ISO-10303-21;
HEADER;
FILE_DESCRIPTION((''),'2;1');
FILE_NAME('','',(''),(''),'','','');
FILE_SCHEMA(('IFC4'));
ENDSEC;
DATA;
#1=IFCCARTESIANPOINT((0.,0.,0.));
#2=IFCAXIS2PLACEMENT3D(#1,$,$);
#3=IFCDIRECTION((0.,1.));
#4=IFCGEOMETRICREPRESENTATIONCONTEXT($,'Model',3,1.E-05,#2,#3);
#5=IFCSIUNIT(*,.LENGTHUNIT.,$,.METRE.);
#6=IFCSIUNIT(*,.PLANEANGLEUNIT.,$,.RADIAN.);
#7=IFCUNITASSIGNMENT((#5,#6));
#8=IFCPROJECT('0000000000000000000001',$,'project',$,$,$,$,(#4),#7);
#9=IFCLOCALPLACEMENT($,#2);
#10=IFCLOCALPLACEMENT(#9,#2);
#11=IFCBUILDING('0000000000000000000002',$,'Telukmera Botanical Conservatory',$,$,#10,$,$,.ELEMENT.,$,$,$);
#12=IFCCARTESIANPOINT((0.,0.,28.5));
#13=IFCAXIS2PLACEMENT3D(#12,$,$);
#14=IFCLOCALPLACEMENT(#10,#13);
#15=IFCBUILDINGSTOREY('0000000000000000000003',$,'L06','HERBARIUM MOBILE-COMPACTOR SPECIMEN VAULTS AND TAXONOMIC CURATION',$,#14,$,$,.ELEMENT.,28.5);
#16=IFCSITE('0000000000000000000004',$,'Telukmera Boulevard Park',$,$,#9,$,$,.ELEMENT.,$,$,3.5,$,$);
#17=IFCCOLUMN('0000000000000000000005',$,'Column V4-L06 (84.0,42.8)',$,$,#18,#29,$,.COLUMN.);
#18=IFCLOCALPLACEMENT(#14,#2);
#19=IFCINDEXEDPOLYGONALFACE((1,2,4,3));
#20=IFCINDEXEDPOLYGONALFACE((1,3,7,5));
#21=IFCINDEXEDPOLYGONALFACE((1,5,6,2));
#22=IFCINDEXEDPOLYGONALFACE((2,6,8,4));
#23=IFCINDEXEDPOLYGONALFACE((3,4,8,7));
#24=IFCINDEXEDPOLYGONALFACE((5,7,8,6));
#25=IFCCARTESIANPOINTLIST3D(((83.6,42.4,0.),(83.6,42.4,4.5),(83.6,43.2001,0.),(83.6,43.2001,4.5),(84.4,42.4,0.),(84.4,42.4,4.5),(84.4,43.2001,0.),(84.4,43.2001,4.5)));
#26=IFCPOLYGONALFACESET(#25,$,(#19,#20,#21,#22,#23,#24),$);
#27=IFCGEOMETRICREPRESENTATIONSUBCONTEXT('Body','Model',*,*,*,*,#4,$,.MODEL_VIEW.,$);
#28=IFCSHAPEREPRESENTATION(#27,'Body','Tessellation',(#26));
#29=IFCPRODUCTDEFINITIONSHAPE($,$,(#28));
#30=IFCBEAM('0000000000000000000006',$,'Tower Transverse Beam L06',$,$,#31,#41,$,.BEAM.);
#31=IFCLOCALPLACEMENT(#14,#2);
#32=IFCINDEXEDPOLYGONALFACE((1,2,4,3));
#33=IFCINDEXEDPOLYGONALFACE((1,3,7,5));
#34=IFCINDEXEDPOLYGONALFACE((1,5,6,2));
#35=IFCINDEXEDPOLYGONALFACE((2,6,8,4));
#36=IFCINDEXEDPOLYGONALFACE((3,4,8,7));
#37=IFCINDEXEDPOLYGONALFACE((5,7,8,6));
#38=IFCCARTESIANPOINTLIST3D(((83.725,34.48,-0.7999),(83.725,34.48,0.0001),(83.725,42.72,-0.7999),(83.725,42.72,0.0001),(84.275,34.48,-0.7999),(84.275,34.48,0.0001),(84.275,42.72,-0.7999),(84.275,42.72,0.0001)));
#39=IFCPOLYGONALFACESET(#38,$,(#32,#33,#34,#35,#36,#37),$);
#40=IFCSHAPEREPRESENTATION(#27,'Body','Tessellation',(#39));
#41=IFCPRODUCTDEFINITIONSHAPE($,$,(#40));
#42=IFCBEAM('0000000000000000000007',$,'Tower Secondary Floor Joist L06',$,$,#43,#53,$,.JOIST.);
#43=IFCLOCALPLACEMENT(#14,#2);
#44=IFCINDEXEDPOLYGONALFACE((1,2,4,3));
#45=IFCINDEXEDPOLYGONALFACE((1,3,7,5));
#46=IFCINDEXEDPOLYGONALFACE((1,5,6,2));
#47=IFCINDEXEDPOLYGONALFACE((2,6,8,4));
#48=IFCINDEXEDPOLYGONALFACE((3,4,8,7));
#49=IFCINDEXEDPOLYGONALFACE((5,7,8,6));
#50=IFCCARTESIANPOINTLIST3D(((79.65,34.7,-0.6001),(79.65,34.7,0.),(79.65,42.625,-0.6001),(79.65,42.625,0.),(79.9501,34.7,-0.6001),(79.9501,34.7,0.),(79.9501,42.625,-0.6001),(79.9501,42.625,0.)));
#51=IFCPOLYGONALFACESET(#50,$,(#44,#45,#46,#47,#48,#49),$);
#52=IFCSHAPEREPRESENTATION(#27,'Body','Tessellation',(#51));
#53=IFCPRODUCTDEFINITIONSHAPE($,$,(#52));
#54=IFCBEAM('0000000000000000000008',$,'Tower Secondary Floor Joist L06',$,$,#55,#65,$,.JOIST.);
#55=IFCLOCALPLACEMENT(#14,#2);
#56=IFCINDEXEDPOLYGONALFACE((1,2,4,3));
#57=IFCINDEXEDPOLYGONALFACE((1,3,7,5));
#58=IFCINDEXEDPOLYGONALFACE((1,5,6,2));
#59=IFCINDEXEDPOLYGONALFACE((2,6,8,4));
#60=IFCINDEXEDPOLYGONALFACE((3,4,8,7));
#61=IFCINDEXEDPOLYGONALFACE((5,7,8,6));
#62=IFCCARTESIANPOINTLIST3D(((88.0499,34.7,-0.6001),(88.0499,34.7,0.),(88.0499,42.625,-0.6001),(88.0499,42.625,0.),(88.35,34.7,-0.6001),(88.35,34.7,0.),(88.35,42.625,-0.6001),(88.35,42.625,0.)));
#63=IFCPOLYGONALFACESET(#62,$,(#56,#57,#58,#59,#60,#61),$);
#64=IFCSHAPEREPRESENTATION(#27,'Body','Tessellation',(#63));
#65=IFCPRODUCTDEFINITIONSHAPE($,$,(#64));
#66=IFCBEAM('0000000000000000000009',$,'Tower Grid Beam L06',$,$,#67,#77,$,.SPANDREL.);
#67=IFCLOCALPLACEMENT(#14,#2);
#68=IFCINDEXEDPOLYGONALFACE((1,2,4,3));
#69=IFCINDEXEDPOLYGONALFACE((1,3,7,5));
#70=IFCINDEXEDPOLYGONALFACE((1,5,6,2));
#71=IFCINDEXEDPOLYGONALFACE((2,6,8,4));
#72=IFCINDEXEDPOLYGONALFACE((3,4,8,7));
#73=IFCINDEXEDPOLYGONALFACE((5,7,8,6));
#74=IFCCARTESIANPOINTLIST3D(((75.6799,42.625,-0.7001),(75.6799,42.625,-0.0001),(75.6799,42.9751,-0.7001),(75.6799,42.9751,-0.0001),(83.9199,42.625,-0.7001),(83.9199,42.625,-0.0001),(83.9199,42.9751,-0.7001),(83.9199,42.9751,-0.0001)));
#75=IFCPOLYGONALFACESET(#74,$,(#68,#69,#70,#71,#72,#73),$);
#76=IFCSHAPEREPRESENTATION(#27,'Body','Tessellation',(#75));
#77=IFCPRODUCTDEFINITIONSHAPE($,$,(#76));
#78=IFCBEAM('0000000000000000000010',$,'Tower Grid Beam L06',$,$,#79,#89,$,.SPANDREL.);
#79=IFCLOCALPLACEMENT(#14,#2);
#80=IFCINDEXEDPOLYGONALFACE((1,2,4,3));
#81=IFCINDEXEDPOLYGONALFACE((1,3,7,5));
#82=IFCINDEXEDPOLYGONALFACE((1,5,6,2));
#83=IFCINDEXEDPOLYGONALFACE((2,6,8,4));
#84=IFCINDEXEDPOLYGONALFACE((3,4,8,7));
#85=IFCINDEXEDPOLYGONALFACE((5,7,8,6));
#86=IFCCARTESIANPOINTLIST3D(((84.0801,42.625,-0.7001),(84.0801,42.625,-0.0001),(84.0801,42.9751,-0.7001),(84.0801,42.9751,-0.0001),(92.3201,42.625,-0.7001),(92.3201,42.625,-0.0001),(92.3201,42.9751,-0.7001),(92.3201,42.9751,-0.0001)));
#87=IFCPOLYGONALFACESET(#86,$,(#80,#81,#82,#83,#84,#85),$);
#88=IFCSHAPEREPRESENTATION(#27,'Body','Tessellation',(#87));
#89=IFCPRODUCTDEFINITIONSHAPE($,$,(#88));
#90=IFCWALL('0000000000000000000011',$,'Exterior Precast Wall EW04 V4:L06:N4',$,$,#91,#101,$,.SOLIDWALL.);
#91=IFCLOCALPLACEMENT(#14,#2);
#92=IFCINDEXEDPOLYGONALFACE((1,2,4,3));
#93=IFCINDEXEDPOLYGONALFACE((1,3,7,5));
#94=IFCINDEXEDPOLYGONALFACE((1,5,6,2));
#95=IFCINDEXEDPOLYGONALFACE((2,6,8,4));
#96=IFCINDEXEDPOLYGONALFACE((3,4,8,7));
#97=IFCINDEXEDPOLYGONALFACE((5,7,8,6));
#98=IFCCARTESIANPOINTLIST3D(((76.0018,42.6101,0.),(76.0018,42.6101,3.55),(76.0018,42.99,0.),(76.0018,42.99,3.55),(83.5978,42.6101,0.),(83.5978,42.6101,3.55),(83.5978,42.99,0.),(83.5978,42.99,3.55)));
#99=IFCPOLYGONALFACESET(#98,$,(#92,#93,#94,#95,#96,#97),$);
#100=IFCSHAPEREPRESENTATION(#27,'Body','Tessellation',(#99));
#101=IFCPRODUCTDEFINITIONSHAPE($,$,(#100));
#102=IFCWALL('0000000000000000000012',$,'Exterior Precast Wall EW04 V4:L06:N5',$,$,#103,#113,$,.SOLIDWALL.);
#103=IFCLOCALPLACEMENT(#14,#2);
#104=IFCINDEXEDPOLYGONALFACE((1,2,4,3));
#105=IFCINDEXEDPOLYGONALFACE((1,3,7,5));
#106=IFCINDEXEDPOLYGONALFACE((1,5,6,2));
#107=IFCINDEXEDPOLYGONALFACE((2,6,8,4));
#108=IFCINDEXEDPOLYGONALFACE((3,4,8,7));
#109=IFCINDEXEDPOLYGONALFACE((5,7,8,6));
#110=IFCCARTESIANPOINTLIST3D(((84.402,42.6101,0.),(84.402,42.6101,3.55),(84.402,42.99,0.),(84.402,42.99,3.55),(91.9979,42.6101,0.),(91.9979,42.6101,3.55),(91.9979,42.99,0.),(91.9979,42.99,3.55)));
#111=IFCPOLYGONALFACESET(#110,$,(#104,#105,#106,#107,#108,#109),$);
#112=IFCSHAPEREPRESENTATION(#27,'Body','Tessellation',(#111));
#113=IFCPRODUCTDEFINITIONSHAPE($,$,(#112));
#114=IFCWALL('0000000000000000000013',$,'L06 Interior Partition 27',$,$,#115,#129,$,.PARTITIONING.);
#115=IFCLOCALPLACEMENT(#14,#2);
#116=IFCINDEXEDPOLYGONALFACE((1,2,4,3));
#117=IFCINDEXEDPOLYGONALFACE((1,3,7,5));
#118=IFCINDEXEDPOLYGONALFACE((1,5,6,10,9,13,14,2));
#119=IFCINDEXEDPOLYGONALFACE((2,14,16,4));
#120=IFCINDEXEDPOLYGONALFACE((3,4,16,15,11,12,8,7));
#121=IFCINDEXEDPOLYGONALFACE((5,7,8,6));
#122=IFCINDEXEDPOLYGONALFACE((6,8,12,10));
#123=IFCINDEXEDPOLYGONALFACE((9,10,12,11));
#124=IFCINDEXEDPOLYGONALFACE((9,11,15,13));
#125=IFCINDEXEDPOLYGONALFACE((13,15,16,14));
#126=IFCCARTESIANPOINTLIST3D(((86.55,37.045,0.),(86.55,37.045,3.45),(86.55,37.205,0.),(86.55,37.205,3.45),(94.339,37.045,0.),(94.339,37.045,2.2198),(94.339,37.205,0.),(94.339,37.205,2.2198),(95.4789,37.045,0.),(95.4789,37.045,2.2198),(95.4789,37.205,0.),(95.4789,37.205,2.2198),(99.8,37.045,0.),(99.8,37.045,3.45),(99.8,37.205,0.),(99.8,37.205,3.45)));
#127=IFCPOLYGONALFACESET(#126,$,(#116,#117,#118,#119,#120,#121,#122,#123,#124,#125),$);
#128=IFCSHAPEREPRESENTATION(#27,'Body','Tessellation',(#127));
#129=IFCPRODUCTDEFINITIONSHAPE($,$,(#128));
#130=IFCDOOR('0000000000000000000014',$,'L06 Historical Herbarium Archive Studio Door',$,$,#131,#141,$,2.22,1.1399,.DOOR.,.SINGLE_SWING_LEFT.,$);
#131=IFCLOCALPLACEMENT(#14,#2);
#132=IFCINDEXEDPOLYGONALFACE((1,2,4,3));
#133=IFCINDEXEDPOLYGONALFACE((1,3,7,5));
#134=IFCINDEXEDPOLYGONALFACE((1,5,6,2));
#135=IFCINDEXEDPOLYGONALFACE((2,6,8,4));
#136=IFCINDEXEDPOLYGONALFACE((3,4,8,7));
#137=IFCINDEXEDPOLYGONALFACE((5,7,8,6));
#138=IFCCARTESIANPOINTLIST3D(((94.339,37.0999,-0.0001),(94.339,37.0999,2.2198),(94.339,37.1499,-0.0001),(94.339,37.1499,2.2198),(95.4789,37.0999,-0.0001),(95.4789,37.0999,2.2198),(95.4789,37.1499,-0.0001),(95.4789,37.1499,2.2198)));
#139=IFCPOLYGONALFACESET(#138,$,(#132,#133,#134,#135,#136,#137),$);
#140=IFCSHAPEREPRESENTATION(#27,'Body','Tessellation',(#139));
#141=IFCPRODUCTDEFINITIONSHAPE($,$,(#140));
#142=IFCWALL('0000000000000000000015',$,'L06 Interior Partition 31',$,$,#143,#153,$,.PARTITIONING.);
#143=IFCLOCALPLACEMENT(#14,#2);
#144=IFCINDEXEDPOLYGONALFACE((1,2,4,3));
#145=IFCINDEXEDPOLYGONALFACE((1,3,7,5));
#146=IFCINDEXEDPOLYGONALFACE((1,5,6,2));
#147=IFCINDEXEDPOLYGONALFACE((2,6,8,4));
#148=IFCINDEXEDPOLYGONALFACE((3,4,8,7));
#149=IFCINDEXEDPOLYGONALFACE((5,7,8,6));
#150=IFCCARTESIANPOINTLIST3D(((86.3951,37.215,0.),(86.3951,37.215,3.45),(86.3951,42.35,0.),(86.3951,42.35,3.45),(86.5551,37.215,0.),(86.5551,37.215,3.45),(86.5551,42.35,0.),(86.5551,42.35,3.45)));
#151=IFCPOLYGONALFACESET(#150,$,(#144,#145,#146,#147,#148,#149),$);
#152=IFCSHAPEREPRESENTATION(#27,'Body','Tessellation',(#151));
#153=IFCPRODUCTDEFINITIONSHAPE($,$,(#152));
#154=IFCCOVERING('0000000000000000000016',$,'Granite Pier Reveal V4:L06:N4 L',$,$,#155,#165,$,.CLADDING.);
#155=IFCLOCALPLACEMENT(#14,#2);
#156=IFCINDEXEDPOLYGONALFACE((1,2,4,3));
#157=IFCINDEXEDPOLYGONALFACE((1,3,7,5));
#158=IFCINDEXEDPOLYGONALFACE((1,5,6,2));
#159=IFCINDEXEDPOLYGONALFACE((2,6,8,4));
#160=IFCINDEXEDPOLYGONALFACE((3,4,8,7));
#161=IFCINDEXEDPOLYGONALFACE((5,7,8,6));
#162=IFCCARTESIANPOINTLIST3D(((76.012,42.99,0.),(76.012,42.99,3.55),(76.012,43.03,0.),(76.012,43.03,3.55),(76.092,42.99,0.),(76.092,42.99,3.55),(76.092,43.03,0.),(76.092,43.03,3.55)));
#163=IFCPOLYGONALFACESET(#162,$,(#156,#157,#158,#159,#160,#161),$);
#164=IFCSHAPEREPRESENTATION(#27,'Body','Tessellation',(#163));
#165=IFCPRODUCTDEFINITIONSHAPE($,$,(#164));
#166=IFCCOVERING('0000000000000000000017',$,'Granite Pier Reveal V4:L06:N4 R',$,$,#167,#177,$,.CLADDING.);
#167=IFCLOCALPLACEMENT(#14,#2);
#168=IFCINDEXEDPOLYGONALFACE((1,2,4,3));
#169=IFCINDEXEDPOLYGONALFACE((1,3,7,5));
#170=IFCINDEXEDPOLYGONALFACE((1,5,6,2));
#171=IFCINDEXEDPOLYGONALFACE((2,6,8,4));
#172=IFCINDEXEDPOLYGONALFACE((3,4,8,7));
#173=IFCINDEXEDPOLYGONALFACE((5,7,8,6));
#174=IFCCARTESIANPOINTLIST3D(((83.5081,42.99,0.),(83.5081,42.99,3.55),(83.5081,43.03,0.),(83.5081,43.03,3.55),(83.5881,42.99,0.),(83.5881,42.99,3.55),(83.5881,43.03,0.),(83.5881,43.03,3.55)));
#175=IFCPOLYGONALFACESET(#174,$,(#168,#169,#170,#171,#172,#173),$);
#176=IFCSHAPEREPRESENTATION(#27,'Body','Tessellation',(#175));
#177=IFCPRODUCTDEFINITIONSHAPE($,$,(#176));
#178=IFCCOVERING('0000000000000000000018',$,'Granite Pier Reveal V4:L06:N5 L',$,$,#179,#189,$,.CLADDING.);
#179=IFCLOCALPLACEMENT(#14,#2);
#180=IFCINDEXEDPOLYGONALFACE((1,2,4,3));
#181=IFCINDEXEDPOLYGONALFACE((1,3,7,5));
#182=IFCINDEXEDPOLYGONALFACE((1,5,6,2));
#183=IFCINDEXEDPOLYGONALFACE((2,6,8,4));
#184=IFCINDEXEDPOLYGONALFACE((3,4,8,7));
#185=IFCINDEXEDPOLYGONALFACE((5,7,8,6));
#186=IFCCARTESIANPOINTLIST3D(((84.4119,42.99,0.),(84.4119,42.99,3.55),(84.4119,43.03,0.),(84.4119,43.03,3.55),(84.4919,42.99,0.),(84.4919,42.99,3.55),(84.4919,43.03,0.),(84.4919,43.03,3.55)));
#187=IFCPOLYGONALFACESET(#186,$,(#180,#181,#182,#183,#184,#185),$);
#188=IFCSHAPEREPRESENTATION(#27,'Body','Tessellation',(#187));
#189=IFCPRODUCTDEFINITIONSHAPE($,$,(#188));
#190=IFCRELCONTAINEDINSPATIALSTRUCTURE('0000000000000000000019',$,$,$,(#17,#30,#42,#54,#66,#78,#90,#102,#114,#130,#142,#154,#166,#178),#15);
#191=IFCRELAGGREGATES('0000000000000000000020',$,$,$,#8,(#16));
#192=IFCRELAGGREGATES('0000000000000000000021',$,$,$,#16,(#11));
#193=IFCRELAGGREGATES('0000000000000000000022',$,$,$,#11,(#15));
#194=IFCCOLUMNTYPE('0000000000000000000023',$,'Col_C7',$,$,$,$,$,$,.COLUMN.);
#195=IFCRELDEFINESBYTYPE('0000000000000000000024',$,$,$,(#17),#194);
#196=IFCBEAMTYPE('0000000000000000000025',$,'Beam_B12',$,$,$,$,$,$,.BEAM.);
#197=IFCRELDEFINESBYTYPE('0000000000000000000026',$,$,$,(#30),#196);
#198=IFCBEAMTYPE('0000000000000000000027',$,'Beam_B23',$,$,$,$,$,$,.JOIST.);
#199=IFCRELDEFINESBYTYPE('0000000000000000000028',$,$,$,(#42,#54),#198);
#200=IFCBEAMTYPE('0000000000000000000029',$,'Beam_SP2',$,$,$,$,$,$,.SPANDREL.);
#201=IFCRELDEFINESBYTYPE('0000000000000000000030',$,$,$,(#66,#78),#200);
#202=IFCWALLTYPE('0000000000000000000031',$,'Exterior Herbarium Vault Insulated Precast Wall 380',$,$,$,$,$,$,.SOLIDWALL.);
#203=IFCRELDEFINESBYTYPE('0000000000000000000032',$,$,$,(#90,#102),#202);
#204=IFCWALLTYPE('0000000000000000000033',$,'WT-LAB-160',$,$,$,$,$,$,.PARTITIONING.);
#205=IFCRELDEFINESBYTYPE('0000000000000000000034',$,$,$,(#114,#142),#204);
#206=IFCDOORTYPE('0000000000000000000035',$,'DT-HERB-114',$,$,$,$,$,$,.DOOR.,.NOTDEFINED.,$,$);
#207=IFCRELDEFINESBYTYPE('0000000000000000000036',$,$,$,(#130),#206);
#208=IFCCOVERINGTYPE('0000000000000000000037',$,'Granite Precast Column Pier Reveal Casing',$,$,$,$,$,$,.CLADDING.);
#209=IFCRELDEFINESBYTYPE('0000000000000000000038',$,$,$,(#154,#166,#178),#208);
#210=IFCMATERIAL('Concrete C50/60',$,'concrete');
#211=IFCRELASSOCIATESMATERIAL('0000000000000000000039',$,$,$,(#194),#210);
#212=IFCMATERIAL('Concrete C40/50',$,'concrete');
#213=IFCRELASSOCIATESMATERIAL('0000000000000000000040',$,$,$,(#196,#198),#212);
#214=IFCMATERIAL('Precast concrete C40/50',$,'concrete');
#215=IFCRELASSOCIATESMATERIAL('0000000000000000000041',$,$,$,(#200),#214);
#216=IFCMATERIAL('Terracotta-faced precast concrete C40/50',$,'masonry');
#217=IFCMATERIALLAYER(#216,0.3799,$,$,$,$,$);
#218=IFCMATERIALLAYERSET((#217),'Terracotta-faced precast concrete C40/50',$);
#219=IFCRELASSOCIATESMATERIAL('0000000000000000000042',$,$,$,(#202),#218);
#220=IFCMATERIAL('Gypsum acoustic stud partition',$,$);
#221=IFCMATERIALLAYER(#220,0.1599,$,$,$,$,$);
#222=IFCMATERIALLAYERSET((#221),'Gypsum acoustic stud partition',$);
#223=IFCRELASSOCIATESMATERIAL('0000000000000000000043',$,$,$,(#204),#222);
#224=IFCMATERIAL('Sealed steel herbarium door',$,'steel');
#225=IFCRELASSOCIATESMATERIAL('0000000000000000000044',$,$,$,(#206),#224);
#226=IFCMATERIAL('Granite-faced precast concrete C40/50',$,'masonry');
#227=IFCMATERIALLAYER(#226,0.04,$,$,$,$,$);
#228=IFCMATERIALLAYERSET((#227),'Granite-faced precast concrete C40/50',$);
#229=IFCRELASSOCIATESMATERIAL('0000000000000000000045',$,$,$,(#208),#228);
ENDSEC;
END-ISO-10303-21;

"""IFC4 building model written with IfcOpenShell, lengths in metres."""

from ifc_helpers import new_model, si_unit, direction, frame, frame_2d, origin, origin_2d, place, context, subcontext, project, spatial, rectangle, extrude, material, layer, layer_set, material_profile, profile_set, type_object, element, fill, save


model = new_model("IFC4")

# Units and contexts
model_context = context("Model", 3, precision=1e-05, world=origin(), true_north=direction((0.0, 1.0)))
body_context = subcontext(model_context, "Body", "Model", "MODEL_VIEW")
ifc_project = project(units=[si_unit("LENGTHUNIT", "METRE"), si_unit("PLANEANGLEUNIT", "RADIAN")], contexts=[model_context])

# Site, building, storey
site_placement = place(None, origin())
site = spatial("IfcSite", under=ifc_project, at=site_placement, Name="Telukmera Boulevard Park", CompositionType="ELEMENT", RefElevation=3.5)
building_placement = place(site_placement, origin())
building = spatial("IfcBuilding", under=site, at=building_placement, Name="Telukmera Botanical Conservatory", CompositionType="ELEMENT")
storey_placement = place(building_placement, frame((0.0, 0.0, 28.5)))
storey = spatial("IfcBuildingStorey", under=building, at=storey_placement, Name="L06", Description="HERBARIUM MOBILE-COMPACTOR SPECIMEN VAULTS AND TAXONOMIC CURATION", CompositionType="ELEMENT", Elevation=28.5)

# Column
ifc_material_1 = material(Name="Concrete C50/60", Category="concrete")
ifc_material_profile_1 = material_profile(ifc_material_1, rectangle(XDim=0.8, YDim=0.8, at=origin_2d()), Name="RC 800x800")
ifc_profile_set_1 = profile_set([ifc_material_profile_1], Name="Concrete C50/60")
column_type = type_object("IfcColumnType", Name="Col_C7", PredefinedType="COLUMN", material=ifc_profile_set_1)
column_placement = place(storey_placement, frame((84.0, 42.8, 0.0), z_axis=(0.0, 0.0, 1.0), x_axis=(1.0, 0.0, 0.0)))
element("IfcColumn", 1, at=column_placement, inside=storey, type_object=column_type, Name="Column V4-L06 (84.0,42.8)", PredefinedType="COLUMN", context=body_context, shape_type="SweptSolid", body=[
    extrude(rectangle(XDim=0.8, YDim=0.8, at=origin_2d()), origin(), (0.0, 0.0, 1.0), 4.5),
])

# Beams
ifc_material_2 = material(Name="Concrete C40/50", Category="concrete")
ifc_material_profile_2 = material_profile(ifc_material_2, rectangle(XDim=0.55, YDim=0.8, at=origin_2d()), Name="RC 550x800")
ifc_profile_set_2 = profile_set([ifc_material_profile_2], Name="Concrete C40/50")
beam_type_1 = type_object("IfcBeamType", Name="Beam_B12", PredefinedType="BEAM", material=ifc_profile_set_2)
beam_placement = place(storey_placement, frame((84.0, 34.48, -0.3999), z_axis=(0.0, 1.0, 0.0), x_axis=(-1.0, 0.0, 0.0)))
element("IfcBeam", 2, at=beam_placement, inside=storey, type_object=beam_type_1, Name="Tower Transverse Beam L06", PredefinedType="BEAM", context=body_context, shape_type="SweptSolid", body=[
    extrude(rectangle(XDim=0.55, YDim=0.8, at=origin_2d()), origin(), (0.0, 0.0, 1.0), 8.24),
])
ifc_material_profile_3 = material_profile(ifc_material_2, rectangle(XDim=0.3, YDim=0.6001, at=origin_2d()), Name="RC 300x600")
ifc_profile_set_3 = profile_set([ifc_material_profile_3], Name="Concrete C40/50")
beam_type_2 = type_object("IfcBeamType", Name="Beam_B23", PredefinedType="JOIST", material=ifc_profile_set_3)
for number, where, z_axis, x_axis, name in (
    (3, (79.8, 34.7, -0.3), (0.0, 1.0, 0.0), (-1.0, 0.0, 0.0), "Tower Secondary Floor Joist L06"),
    (4, (88.2, 34.7, -0.3), (0.0, 1.0, 0.0), (-1.0, 0.0, 0.0), "Tower Secondary Floor Joist L06"),
):
    element("IfcBeam", number, at=place(storey_placement, frame(where, z_axis=z_axis, x_axis=x_axis)), inside=storey, type_object=beam_type_2, Name=name, PredefinedType="JOIST", context=body_context, shape_type="SweptSolid", body=[
        extrude(rectangle(XDim=0.3, YDim=0.6001, at=origin_2d()), origin(), (0.0, 0.0, 1.0), 7.925),
    ])
ifc_material_3 = material(Name="Precast concrete C40/50", Category="concrete")
ifc_material_profile_4 = material_profile(ifc_material_3, rectangle(XDim=0.3501, YDim=0.7, at=origin_2d()), Name="PC 350x700")
ifc_profile_set_4 = profile_set([ifc_material_profile_4], Name="Precast concrete C40/50")
beam_type_3 = type_object("IfcBeamType", Name="Beam_SP2", PredefinedType="SPANDREL", material=ifc_profile_set_4)
for number, where, z_axis, x_axis, name in (
    (5, (75.6799, 42.8, -0.3501), (1.0, 0.0, 0.0), (0.0, 1.0, 0.0), "Tower Grid Beam L06"),
    (6, (84.0801, 42.8, -0.3501), (1.0, 0.0, 0.0), (0.0, 1.0, 0.0), "Tower Grid Beam L06"),
):
    element("IfcBeam", number, at=place(storey_placement, frame(where, z_axis=z_axis, x_axis=x_axis)), inside=storey, type_object=beam_type_3, Name=name, PredefinedType="SPANDREL", context=body_context, shape_type="SweptSolid", body=[
        extrude(rectangle(XDim=0.3501, YDim=0.7, at=origin_2d()), origin(), (0.0, 0.0, 1.0), 8.24),
    ])

# Walls
ifc_material_4 = material(Name="Terracotta-faced precast concrete C40/50", Category="masonry")
ifc_layer_1 = layer(ifc_material_4, 0.3799)
ifc_layer_set_1 = layer_set([ifc_layer_1], Name="Terracotta-faced precast concrete C40/50")
wall_type_1 = type_object("IfcWallType", Name="Exterior Herbarium Vault Insulated Precast Wall 380", PredefinedType="SOLIDWALL", material=ifc_layer_set_1)
for number, where, z_axis, x_axis, name in (
    (7, (76.002, 42.8, 0.0), (0.0, 0.0, 1.0), (1.0, 0.0, 0.0), "Exterior Precast Wall EW04 V4:L06:N4"),
    (8, (84.4021, 42.8, 0.0), (0.0, 0.0, 1.0), (1.0, 0.0, 0.0), "Exterior Precast Wall EW04 V4:L06:N5"),
):
    element("IfcWall", number, at=place(storey_placement, frame(where, z_axis=z_axis, x_axis=x_axis)), inside=storey, type_object=wall_type_1, Name=name, PredefinedType="SOLIDWALL", context=body_context, shape_type="SweptSolid", body=[
        extrude(rectangle(XDim=7.5959, YDim=0.3799, at=frame_2d((3.7979, 0.0))), origin(), (0.0, 0.0, 1.0), 3.55),
    ])

# Wall, opening, door
ifc_material_5 = material(Name="Gypsum acoustic stud partition")
ifc_layer_2 = layer(ifc_material_5, 0.1599)
ifc_layer_set_2 = layer_set([ifc_layer_2], Name="Gypsum acoustic stud partition")
wall_type_2 = type_object("IfcWallType", Name="WT-LAB-160", PredefinedType="PARTITIONING", material=ifc_layer_set_2)
wall_1_placement = place(storey_placement, frame((86.55, 37.125, 0.0), z_axis=(0.0, 0.0, 1.0), x_axis=(1.0, 0.0, 0.0)))
wall_1 = element("IfcWall", 9, at=wall_1_placement, inside=storey, type_object=wall_type_2, Name="L06 Interior Partition 27", PredefinedType="PARTITIONING", context=body_context, shape_type="SweptSolid", body=[
    extrude(rectangle(XDim=13.25, YDim=0.1599, at=frame_2d((6.625, 0.0))), origin(), (0.0, 0.0, 1.0), 3.45),
])
opening_placement = place(wall_1_placement, frame((7.7891, 0.0, 0.0)))
opening = element("IfcOpeningElement", 10, at=opening_placement, cuts=wall_1, PredefinedType="OPENING", context=body_context, shape_type="SweptSolid", body=[
    extrude(rectangle(XDim=1.1399, YDim=2.22, at=frame_2d((0.5698, 1.1099))), frame((0.0, 0.0898, 0.0), z_axis=(0.0, -1.0, 0.0), x_axis=(1.0, 0.0, 0.0)), (0.0, 0.0, 1.0), 0.1799),
])
ifc_material_6 = material(Name="Sealed steel herbarium door", Category="steel")
door_type = type_object("IfcDoorType", Name="DT-HERB-114", OperationType="NOTDEFINED", PredefinedType="DOOR", material=ifc_material_6)
door_placement = place(opening_placement, origin())
door = element("IfcDoor", 11, at=door_placement, inside=storey, type_object=door_type, Name="L06 Historical Herbarium Archive Studio Door", OperationType="SINGLE_SWING_LEFT", OverallHeight=2.22, OverallWidth=1.1399, PredefinedType="DOOR", context=body_context, shape_type="SweptSolid", body=[
    extrude(rectangle(XDim=1.1399, YDim=2.22, at=frame_2d((0.5698, 1.1099))), frame((0.0, 0.0249, 0.0), z_axis=(0.0, -1.0, 0.0), x_axis=(1.0, 0.0, 0.0)), (0.0, 0.0, 1.0), 0.05),
])
fill(opening, door)

# Wall
wall_2_placement = place(storey_placement, frame((86.4751, 37.2151, 0.0), z_axis=(0.0, 0.0, 1.0), x_axis=(0.0, 1.0, 0.0)))
element("IfcWall", 12, at=wall_2_placement, inside=storey, type_object=wall_type_2, Name="L06 Interior Partition 31", PredefinedType="PARTITIONING", context=body_context, shape_type="SweptSolid", body=[
    extrude(rectangle(XDim=5.135, YDim=0.1599, at=frame_2d((2.5674, 0.0))), origin(), (0.0, 0.0, 1.0), 3.45),
])

# Coverings
ifc_material_7 = material(Name="Granite-faced precast concrete C40/50", Category="masonry")
ifc_layer_3 = layer(ifc_material_7, 0.04)
ifc_layer_set_3 = layer_set([ifc_layer_3], Name="Granite-faced precast concrete C40/50")
covering_type_1 = type_object("IfcCoveringType", Name="Granite Precast Column Pier Reveal Casing", PredefinedType="CLADDING", material=ifc_layer_set_3)
for number, where, z_axis, x_axis, name in (
    (13, (76.052, 43.01, 0.0), (0.0, 0.0, 1.0), (1.0, 0.0, 0.0), "Granite Pier Reveal V4:L06:N4 L"),
    (14, (83.5481, 43.01, 0.0), (0.0, 0.0, 1.0), (1.0, 0.0, 0.0), "Granite Pier Reveal V4:L06:N4 R"),
    (15, (84.4519, 43.01, 0.0), (0.0, 0.0, 1.0), (1.0, 0.0, 0.0), "Granite Pier Reveal V4:L06:N5 L"),
):
    element("IfcCovering", number, at=place(storey_placement, frame(where, z_axis=z_axis, x_axis=x_axis)), inside=storey, type_object=covering_type_1, Name=name, PredefinedType="CLADDING", context=body_context, shape_type="SweptSolid", body=[
        extrude(rectangle(XDim=0.0801, YDim=0.04, at=origin_2d()), origin(), (0.0, 0.0, 1.0), 3.55),
    ])

save(model, "model.ifc")
